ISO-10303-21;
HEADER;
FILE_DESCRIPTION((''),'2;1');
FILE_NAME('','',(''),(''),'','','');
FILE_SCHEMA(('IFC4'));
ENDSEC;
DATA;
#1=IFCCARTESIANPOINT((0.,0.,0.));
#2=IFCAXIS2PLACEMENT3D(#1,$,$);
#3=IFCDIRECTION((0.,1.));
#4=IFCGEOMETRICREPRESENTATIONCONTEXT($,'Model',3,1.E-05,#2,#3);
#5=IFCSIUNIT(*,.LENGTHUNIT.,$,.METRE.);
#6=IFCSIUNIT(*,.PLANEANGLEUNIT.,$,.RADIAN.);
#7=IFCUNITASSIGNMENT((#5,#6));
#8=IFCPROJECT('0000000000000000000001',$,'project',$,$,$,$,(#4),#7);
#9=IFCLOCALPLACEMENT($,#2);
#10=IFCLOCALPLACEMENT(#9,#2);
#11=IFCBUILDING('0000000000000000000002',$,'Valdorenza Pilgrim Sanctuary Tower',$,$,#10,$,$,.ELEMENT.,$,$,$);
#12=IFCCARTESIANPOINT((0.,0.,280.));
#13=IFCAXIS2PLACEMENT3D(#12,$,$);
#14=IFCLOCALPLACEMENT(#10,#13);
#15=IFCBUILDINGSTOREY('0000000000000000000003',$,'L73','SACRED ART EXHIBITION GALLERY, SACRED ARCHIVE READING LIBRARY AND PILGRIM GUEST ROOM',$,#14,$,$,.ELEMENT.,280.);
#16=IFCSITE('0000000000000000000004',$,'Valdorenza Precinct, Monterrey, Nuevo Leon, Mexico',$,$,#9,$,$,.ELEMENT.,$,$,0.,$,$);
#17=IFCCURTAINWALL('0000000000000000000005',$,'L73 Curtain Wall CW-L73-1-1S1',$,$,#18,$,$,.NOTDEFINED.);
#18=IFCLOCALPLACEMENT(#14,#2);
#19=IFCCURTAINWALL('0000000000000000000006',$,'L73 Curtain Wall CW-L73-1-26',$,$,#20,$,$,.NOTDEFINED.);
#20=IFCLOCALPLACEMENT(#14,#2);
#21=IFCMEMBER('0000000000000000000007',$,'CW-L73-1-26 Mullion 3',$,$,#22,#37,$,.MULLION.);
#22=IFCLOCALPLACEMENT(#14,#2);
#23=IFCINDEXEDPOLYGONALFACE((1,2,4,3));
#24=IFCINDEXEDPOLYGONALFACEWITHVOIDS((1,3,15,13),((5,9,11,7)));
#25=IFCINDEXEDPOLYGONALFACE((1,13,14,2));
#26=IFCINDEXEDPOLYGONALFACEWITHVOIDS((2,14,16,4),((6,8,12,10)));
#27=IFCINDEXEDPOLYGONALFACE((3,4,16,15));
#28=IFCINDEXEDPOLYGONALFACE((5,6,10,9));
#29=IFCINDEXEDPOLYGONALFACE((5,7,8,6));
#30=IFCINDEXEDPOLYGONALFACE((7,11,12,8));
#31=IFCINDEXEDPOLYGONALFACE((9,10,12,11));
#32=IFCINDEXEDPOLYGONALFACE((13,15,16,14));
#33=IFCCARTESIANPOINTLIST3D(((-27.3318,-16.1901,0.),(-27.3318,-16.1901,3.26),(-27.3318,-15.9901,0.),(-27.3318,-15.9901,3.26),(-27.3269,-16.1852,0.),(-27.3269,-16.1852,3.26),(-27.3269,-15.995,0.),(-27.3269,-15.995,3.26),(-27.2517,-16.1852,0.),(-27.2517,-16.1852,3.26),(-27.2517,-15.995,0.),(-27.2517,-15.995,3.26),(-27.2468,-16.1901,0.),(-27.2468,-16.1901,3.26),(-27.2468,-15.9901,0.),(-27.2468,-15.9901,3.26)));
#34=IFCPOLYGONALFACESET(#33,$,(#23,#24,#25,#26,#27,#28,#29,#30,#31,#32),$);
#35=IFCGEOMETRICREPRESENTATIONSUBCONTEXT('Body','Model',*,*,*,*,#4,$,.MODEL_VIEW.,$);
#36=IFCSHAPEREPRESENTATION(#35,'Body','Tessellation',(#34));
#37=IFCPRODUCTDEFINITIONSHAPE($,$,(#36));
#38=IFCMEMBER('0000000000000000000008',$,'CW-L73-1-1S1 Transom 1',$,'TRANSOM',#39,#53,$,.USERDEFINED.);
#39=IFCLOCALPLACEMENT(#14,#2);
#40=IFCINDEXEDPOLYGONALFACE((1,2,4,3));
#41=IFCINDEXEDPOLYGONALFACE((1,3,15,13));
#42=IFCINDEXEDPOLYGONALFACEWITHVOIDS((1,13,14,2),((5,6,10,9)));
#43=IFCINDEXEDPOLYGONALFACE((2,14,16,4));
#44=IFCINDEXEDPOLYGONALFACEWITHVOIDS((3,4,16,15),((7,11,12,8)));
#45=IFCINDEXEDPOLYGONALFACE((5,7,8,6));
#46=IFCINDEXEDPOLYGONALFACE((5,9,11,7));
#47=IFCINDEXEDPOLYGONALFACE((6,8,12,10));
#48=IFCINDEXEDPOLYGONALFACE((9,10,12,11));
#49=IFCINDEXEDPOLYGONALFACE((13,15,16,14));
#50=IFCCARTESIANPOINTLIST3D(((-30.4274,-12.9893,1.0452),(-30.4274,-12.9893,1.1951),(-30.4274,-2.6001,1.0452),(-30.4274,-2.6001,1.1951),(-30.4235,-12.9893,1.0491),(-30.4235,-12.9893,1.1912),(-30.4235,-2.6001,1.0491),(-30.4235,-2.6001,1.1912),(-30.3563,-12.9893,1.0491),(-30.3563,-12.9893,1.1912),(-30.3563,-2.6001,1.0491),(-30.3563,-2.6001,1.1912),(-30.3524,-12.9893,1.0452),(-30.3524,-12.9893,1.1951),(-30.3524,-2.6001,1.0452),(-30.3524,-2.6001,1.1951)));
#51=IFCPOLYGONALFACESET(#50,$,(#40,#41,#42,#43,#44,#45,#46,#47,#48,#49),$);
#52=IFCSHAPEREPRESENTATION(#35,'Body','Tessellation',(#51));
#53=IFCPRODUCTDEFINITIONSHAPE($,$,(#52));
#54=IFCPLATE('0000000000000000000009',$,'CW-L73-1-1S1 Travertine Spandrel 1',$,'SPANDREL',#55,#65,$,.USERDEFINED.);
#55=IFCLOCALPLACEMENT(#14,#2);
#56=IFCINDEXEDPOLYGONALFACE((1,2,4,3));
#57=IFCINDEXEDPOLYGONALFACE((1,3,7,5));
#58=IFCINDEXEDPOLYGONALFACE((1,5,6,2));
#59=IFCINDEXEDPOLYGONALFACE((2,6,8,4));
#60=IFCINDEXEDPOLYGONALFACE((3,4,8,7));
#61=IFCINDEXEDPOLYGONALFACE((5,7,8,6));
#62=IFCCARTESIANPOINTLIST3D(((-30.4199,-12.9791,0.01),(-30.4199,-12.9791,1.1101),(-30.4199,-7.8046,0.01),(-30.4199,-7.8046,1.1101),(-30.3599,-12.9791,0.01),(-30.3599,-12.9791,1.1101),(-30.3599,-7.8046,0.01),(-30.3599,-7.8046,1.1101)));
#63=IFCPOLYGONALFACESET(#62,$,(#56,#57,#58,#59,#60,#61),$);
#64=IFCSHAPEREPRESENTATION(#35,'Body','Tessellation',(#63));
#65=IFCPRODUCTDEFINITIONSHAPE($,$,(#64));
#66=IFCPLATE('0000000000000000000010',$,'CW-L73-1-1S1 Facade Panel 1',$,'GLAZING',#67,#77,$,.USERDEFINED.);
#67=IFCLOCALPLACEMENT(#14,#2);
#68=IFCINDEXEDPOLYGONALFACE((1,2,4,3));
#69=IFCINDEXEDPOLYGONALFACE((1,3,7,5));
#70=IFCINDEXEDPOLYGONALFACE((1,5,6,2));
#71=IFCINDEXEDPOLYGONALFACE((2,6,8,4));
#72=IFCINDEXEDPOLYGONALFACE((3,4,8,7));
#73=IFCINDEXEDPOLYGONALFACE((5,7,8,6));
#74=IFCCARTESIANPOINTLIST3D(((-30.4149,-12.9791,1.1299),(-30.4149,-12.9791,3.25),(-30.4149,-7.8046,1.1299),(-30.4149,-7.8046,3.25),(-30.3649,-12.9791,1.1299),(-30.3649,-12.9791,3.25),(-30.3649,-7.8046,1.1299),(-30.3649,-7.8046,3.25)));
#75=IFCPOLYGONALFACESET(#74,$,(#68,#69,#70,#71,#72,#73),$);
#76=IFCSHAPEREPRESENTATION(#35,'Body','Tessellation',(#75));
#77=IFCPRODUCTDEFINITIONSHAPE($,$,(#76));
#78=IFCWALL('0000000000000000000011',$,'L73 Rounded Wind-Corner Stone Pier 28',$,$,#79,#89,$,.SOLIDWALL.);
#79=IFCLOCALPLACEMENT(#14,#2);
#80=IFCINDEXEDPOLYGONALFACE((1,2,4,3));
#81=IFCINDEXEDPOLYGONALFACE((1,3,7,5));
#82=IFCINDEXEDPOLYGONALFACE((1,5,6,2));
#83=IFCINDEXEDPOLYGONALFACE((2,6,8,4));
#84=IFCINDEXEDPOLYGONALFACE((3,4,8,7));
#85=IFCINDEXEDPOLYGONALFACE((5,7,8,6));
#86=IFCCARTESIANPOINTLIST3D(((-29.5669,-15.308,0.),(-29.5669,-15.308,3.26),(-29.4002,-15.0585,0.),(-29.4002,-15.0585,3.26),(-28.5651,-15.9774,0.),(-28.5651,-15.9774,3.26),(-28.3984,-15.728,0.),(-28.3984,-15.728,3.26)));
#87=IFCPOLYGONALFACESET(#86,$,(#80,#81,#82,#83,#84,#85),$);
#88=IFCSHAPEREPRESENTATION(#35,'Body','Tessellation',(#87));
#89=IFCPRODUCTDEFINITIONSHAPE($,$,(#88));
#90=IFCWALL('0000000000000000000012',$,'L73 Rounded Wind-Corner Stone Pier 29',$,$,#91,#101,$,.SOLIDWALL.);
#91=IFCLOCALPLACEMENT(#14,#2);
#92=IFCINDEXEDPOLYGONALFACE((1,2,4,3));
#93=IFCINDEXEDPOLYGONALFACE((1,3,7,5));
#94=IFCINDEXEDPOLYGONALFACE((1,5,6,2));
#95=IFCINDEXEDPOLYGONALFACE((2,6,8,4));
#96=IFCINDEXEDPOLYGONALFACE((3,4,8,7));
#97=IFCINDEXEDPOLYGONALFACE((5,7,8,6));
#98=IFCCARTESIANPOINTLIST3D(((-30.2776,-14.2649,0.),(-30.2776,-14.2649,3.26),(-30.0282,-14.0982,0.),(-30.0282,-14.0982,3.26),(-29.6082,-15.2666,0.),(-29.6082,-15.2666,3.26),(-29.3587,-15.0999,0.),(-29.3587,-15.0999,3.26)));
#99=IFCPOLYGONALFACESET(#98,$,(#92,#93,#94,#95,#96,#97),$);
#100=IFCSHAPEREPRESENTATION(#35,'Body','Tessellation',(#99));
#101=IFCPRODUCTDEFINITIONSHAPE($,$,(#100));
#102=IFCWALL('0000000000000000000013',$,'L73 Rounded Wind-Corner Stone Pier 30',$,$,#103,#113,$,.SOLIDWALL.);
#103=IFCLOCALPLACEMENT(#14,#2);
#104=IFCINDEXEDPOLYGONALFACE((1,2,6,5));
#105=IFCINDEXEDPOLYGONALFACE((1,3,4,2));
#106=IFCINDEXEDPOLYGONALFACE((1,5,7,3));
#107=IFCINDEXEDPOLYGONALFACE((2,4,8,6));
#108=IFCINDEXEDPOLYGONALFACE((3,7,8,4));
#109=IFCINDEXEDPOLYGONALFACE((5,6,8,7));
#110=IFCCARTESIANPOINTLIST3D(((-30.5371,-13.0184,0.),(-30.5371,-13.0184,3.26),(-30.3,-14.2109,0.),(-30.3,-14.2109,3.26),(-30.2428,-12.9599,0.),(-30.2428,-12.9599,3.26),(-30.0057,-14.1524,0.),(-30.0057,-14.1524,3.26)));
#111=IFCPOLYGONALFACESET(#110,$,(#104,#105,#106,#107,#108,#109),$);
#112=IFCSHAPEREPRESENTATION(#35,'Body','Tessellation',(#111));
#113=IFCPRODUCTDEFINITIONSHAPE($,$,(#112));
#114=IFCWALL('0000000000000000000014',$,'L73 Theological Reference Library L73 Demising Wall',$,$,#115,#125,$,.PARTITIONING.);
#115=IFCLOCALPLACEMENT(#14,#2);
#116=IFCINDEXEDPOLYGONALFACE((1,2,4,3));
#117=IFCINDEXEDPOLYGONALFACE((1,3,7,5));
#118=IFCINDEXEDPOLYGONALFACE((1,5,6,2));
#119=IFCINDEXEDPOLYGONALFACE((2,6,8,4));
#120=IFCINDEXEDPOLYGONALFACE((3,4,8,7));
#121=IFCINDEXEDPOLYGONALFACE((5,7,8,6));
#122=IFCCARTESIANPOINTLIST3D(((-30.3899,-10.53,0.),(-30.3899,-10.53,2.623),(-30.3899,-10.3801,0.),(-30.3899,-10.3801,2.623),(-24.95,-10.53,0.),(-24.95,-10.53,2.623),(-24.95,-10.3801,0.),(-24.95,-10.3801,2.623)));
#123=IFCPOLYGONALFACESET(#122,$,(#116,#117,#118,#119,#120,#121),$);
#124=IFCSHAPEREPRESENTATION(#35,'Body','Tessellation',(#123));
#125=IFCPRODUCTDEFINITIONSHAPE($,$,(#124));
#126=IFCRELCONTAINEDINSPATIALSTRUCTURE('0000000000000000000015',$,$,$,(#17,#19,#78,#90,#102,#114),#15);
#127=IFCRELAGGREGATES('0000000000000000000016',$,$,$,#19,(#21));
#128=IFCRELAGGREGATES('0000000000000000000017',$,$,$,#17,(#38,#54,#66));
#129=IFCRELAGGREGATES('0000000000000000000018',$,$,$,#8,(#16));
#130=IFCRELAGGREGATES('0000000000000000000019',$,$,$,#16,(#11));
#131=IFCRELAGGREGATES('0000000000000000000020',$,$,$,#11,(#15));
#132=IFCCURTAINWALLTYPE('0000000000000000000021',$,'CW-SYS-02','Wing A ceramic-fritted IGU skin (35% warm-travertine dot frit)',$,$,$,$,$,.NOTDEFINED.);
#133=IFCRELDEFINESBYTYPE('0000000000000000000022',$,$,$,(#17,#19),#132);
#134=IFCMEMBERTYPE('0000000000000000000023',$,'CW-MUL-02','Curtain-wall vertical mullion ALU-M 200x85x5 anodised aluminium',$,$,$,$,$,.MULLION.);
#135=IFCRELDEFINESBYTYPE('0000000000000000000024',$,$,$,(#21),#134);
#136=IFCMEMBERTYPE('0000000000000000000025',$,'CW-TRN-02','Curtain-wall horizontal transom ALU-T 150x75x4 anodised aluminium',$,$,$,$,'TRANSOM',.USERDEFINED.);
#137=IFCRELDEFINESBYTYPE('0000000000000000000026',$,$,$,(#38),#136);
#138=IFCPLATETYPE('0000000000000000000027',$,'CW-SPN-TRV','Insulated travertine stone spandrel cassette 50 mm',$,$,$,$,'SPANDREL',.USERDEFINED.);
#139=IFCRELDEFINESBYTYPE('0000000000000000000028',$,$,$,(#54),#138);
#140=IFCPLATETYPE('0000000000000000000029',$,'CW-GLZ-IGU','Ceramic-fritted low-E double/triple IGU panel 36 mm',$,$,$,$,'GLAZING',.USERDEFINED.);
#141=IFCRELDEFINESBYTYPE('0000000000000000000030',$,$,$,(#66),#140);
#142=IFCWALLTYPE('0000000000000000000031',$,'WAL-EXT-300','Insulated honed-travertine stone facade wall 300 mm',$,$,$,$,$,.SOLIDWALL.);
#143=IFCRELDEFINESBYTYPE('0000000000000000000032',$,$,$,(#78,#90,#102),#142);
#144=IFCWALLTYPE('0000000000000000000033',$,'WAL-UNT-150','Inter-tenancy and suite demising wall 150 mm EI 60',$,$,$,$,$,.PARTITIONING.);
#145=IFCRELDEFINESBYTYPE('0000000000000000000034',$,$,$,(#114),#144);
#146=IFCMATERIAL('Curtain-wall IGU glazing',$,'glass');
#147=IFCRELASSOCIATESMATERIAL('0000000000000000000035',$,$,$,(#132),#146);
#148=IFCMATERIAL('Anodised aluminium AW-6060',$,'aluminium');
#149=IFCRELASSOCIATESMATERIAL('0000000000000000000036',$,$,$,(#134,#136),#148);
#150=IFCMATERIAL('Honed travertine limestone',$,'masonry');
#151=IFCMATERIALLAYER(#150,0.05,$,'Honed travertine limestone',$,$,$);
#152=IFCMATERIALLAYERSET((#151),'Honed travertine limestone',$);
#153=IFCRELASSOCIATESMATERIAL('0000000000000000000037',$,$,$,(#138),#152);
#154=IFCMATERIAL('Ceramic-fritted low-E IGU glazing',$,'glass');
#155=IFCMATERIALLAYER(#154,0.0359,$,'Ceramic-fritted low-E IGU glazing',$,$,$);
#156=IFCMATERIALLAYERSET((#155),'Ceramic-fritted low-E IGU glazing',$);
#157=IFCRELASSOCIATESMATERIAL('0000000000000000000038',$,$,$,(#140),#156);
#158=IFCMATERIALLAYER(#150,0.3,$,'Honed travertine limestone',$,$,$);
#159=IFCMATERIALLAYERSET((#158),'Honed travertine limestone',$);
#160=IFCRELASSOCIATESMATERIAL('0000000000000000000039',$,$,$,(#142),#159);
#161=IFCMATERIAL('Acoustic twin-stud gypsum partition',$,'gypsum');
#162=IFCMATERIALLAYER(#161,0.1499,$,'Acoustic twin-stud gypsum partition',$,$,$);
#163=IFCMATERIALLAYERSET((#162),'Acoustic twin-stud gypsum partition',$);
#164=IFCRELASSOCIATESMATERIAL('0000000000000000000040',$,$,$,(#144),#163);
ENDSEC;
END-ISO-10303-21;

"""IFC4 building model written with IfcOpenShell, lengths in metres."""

from ifc_helpers import new_model, si_unit, direction, frame, frame_2d, origin, origin_2d, place, context, subcontext, project, spatial, rectangle, hollow_rectangle, extrude, source, transform, mapped, material, layer, layer_set, material_profile, profile_set, type_object, element, aggregate, save


model = new_model("IFC4")

# Units and contexts
model_context = context("Model", 3, precision=1e-05, world=origin(), true_north=direction((0.0, 1.0)))
body_context = subcontext(model_context, "Body", "Model", "MODEL_VIEW")
ifc_project = project(units=[si_unit("LENGTHUNIT", "METRE"), si_unit("PLANEANGLEUNIT", "RADIAN")], contexts=[model_context])

# Site, building, storey
site_placement = place(None, origin())
site = spatial("IfcSite", under=ifc_project, at=site_placement, Name="Valdorenza Precinct, Monterrey, Nuevo Leon, Mexico", CompositionType="ELEMENT", RefElevation=0.0)
building_placement = place(site_placement, origin())
building = spatial("IfcBuilding", under=site, at=building_placement, Name="Valdorenza Pilgrim Sanctuary Tower", CompositionType="ELEMENT")
storey_placement = place(building_placement, frame((0.0, 0.0, 280.0)))
storey = spatial("IfcBuildingStorey", under=building, at=storey_placement, Name="L73", Description="SACRED ART EXHIBITION GALLERY, SACRED ARCHIVE READING LIBRARY AND PILGRIM GUEST ROOM", CompositionType="ELEMENT", Elevation=280.0)

# Curtain wall
ifc_material_1 = material(Name="Curtain-wall IGU glazing", Category="glass")
curtain_wall_type = type_object("IfcCurtainWallType", Name="CW-SYS-02", Description="Wing A ceramic-fritted IGU skin (35% warm-travertine dot frit)", PredefinedType="NOTDEFINED", material=ifc_material_1)
curtain_wall_1_placement = place(storey_placement, origin())
curtain_wall_1 = element("IfcCurtainWall", 1, at=curtain_wall_1_placement, inside=storey, type_object=curtain_wall_type, Name="L73 Curtain Wall CW-L73-1-1S1", PredefinedType="NOTDEFINED")
ifc_material_2 = material(Name="Anodised aluminium AW-6060", Category="aluminium")
ifc_material_profile_1 = material_profile(ifc_material_2, hollow_rectangle(XDim=0.085, YDim=0.2, WallThickness=0.0049, at=origin_2d()), Name="ALU-M 200x85x5")
ifc_profile_set_1 = profile_set([ifc_material_profile_1], Name="Anodised aluminium AW-6060")
member_type_1 = type_object("IfcMemberType", Name="CW-MUL-02", Description="Curtain-wall vertical mullion ALU-M 200x85x5 anodised aluminium", PredefinedType="MULLION", material=ifc_profile_set_1)
shared_shape_1 = source(origin(), body_context, "Body", "SweptSolid", [
    extrude(hollow_rectangle(XDim=0.085, YDim=0.2, WallThickness=0.0049, at=origin_2d()), origin(), (0.0, 0.0, 1.0), 3.26),
])

# Curtain wall, member
curtain_wall_2_placement = place(storey_placement, origin())
curtain_wall_2 = element("IfcCurtainWall", 2, at=curtain_wall_2_placement, inside=storey, type_object=curtain_wall_type, Name="L73 Curtain Wall CW-L73-1-26", PredefinedType="NOTDEFINED")
member_1_placement = place(storey_placement, frame((-27.2893, -16.0901, 0.0), z_axis=(0.0, 0.0, 1.0), x_axis=(-1.0, 0.0, 0.0)))
member_1 = element("IfcMember", 3, at=member_1_placement, type_object=member_type_1, Name="CW-L73-1-26 Mullion 3", PredefinedType="MULLION", context=body_context, shape_type="MappedRepresentation", body=[
    mapped(shared_shape_1, transform((0.0, 0.0, 0.0), x_axis=(1.0, 0.0, 0.0), y_axis=(0.0, 1.0, 0.0), z_axis=(0.0, 0.0, 1.0), scale=1.0)),
])
aggregate(curtain_wall_2, [member_1])

# Member
ifc_material_profile_2 = material_profile(ifc_material_2, hollow_rectangle(XDim=0.075, YDim=0.1499, WallThickness=0.0039, at=origin_2d()), Name="ALU-T 150x75x4")
ifc_profile_set_2 = profile_set([ifc_material_profile_2], Name="Anodised aluminium AW-6060")
member_type_2 = type_object("IfcMemberType", Name="CW-TRN-02", Description="Curtain-wall horizontal transom ALU-T 150x75x4 anodised aluminium", ElementType="TRANSOM", PredefinedType="USERDEFINED", material=ifc_profile_set_2)
shared_shape_2 = source(origin(), body_context, "Body", "SweptSolid", [
    extrude(hollow_rectangle(XDim=0.075, YDim=0.1499, WallThickness=0.0039, at=origin_2d()), origin(), (0.0, 0.0, 1.0), 10.3892),
])
member_2_placement = place(storey_placement, frame((-30.3899, -12.9893, 1.1201), z_axis=(0.0, 1.0, 0.0), x_axis=(-1.0, 0.0, 0.0)))
member_2 = element("IfcMember", 4, at=member_2_placement, type_object=member_type_2, Name="CW-L73-1-1S1 Transom 1", ObjectType="TRANSOM", PredefinedType="USERDEFINED", context=body_context, shape_type="MappedRepresentation", body=[
    mapped(shared_shape_2, transform((0.0, 0.0, 0.0), x_axis=(1.0, 0.0, 0.0), y_axis=(0.0, 1.0, 0.0), z_axis=(0.0, 0.0, 1.0), scale=1.0)),
])

# Plates
ifc_material_3 = material(Name="Honed travertine limestone", Category="masonry")
ifc_layer_1 = layer(ifc_material_3, 0.05, Name="Honed travertine limestone")
ifc_layer_set_1 = layer_set([ifc_layer_1], Name="Honed travertine limestone")
plate_type_1 = type_object("IfcPlateType", Name="CW-SPN-TRV", Description="Insulated travertine stone spandrel cassette 50 mm", ElementType="SPANDREL", PredefinedType="USERDEFINED", material=ifc_layer_set_1)
shared_shape_3 = source(origin(), body_context, "Body", "SweptSolid", [
    extrude(rectangle(XDim=5.1746, YDim=0.0601, at=origin_2d()), origin(), (0.0, 0.0, 1.0), 1.1001),
])
plate_1_placement = place(storey_placement, frame((-30.3899, -10.3918, 0.01), z_axis=(0.0, 0.0, 1.0), x_axis=(0.0, 1.0, 0.0)))
plate_1 = element("IfcPlate", 5, at=plate_1_placement, type_object=plate_type_1, Name="CW-L73-1-1S1 Travertine Spandrel 1", ObjectType="SPANDREL", PredefinedType="USERDEFINED", context=body_context, shape_type="MappedRepresentation", body=[
    mapped(shared_shape_3, transform((0.0, 0.0, 0.0), x_axis=(1.0, 0.0, 0.0), y_axis=(0.0, 1.0, 0.0), z_axis=(0.0, 0.0, 1.0), scale=1.0)),
])
ifc_material_4 = material(Name="Ceramic-fritted low-E IGU glazing", Category="glass")
ifc_layer_2 = layer(ifc_material_4, 0.0359, Name="Ceramic-fritted low-E IGU glazing")
ifc_layer_set_2 = layer_set([ifc_layer_2], Name="Ceramic-fritted low-E IGU glazing")
plate_type_2 = type_object("IfcPlateType", Name="CW-GLZ-IGU", Description="Ceramic-fritted low-E double/triple IGU panel 36 mm", ElementType="GLAZING", PredefinedType="USERDEFINED", material=ifc_layer_set_2)
shared_shape_4 = source(origin(), body_context, "Body", "SweptSolid", [
    extrude(rectangle(XDim=5.1746, YDim=0.05, at=origin_2d()), origin(), (0.0, 0.0, 1.0), 2.1201),
])
plate_2_placement = place(storey_placement, frame((-30.3899, -10.3918, 1.1299), z_axis=(0.0, 0.0, 1.0), x_axis=(0.0, 1.0, 0.0)))
plate_2 = element("IfcPlate", 6, at=plate_2_placement, type_object=plate_type_2, Name="CW-L73-1-1S1 Facade Panel 1", ObjectType="GLAZING", PredefinedType="USERDEFINED", context=body_context, shape_type="MappedRepresentation", body=[
    mapped(shared_shape_4, transform((0.0, 0.0, 0.0), x_axis=(1.0, 0.0, 0.0), y_axis=(0.0, 1.0, 0.0), z_axis=(0.0, 0.0, 1.0), scale=1.0)),
])
aggregate(curtain_wall_1, [member_2, plate_1, plate_2])

# Walls
ifc_layer_3 = layer(ifc_material_3, 0.3, Name="Honed travertine limestone")
ifc_layer_set_3 = layer_set([ifc_layer_3], Name="Honed travertine limestone")
wall_type_1 = type_object("IfcWallType", Name="WAL-EXT-300", Description="Insulated honed-travertine stone facade wall 300 mm", PredefinedType="SOLIDWALL", material=ifc_layer_set_3)
for number, where, z_axis, x_axis, name in (
    (7, (-28.4817, -15.8528, 0.0), (0.0, 0.0, 1.0), (-0.831426, 0.555635, 0.0), "L73 Rounded Wind-Corner Stone Pier 28"),
    (8, (-29.4834, -15.1833, 0.0), (0.0, 0.0, 1.0), (-0.555635, 0.831426, 0.0), "L73 Rounded Wind-Corner Stone Pier 29"),
):
    element("IfcWall", number, at=place(storey_placement, frame(where, z_axis=z_axis, x_axis=x_axis)), inside=storey, type_object=wall_type_1, Name=name, PredefinedType="SOLIDWALL", context=body_context, shape_type="SweptSolid", body=[
        extrude(rectangle(XDim=1.2048, YDim=0.3, at=frame_2d((0.6025, 0.0))), origin(), (0.0, 0.0, 1.0), 3.26),
    ])
wall_1_placement = place(storey_placement, frame((-30.1528, -14.1816, 0.0), z_axis=(0.0, 0.0, 1.0), x_axis=(-0.194996, 0.980804, 0.0)))
element("IfcWall", 9, at=wall_1_placement, inside=storey, type_object=wall_type_1, Name="L73 Rounded Wind-Corner Stone Pier 30", PredefinedType="SOLIDWALL", context=body_context, shape_type="SweptSolid", body=[
    extrude(rectangle(XDim=1.2158, YDim=0.3, at=frame_2d((0.6079, 0.0))), origin(), (0.0, 0.0, 1.0), 3.26),
])
ifc_material_5 = material(Name="Acoustic twin-stud gypsum partition", Category="gypsum")
ifc_layer_4 = layer(ifc_material_5, 0.1499, Name="Acoustic twin-stud gypsum partition")
ifc_layer_set_4 = layer_set([ifc_layer_4], Name="Acoustic twin-stud gypsum partition")
wall_type_2 = type_object("IfcWallType", Name="WAL-UNT-150", Description="Inter-tenancy and suite demising wall 150 mm EI 60", PredefinedType="PARTITIONING", material=ifc_layer_set_4)
wall_2_placement = place(storey_placement, frame((-30.3899, -10.4551, 0.0), z_axis=(0.0, 0.0, 1.0), x_axis=(1.0, 0.0, 0.0)))
element("IfcWall", 10, at=wall_2_placement, inside=storey, type_object=wall_type_2, Name="L73 Theological Reference Library L73 Demising Wall", PredefinedType="PARTITIONING", context=body_context, shape_type="SweptSolid", body=[
    extrude(rectangle(XDim=5.4399, YDim=0.1499, at=frame_2d((2.72, 0.0))), origin(), (0.0, 0.0, 1.0), 2.623),
])

save(model, "model.ifc")
